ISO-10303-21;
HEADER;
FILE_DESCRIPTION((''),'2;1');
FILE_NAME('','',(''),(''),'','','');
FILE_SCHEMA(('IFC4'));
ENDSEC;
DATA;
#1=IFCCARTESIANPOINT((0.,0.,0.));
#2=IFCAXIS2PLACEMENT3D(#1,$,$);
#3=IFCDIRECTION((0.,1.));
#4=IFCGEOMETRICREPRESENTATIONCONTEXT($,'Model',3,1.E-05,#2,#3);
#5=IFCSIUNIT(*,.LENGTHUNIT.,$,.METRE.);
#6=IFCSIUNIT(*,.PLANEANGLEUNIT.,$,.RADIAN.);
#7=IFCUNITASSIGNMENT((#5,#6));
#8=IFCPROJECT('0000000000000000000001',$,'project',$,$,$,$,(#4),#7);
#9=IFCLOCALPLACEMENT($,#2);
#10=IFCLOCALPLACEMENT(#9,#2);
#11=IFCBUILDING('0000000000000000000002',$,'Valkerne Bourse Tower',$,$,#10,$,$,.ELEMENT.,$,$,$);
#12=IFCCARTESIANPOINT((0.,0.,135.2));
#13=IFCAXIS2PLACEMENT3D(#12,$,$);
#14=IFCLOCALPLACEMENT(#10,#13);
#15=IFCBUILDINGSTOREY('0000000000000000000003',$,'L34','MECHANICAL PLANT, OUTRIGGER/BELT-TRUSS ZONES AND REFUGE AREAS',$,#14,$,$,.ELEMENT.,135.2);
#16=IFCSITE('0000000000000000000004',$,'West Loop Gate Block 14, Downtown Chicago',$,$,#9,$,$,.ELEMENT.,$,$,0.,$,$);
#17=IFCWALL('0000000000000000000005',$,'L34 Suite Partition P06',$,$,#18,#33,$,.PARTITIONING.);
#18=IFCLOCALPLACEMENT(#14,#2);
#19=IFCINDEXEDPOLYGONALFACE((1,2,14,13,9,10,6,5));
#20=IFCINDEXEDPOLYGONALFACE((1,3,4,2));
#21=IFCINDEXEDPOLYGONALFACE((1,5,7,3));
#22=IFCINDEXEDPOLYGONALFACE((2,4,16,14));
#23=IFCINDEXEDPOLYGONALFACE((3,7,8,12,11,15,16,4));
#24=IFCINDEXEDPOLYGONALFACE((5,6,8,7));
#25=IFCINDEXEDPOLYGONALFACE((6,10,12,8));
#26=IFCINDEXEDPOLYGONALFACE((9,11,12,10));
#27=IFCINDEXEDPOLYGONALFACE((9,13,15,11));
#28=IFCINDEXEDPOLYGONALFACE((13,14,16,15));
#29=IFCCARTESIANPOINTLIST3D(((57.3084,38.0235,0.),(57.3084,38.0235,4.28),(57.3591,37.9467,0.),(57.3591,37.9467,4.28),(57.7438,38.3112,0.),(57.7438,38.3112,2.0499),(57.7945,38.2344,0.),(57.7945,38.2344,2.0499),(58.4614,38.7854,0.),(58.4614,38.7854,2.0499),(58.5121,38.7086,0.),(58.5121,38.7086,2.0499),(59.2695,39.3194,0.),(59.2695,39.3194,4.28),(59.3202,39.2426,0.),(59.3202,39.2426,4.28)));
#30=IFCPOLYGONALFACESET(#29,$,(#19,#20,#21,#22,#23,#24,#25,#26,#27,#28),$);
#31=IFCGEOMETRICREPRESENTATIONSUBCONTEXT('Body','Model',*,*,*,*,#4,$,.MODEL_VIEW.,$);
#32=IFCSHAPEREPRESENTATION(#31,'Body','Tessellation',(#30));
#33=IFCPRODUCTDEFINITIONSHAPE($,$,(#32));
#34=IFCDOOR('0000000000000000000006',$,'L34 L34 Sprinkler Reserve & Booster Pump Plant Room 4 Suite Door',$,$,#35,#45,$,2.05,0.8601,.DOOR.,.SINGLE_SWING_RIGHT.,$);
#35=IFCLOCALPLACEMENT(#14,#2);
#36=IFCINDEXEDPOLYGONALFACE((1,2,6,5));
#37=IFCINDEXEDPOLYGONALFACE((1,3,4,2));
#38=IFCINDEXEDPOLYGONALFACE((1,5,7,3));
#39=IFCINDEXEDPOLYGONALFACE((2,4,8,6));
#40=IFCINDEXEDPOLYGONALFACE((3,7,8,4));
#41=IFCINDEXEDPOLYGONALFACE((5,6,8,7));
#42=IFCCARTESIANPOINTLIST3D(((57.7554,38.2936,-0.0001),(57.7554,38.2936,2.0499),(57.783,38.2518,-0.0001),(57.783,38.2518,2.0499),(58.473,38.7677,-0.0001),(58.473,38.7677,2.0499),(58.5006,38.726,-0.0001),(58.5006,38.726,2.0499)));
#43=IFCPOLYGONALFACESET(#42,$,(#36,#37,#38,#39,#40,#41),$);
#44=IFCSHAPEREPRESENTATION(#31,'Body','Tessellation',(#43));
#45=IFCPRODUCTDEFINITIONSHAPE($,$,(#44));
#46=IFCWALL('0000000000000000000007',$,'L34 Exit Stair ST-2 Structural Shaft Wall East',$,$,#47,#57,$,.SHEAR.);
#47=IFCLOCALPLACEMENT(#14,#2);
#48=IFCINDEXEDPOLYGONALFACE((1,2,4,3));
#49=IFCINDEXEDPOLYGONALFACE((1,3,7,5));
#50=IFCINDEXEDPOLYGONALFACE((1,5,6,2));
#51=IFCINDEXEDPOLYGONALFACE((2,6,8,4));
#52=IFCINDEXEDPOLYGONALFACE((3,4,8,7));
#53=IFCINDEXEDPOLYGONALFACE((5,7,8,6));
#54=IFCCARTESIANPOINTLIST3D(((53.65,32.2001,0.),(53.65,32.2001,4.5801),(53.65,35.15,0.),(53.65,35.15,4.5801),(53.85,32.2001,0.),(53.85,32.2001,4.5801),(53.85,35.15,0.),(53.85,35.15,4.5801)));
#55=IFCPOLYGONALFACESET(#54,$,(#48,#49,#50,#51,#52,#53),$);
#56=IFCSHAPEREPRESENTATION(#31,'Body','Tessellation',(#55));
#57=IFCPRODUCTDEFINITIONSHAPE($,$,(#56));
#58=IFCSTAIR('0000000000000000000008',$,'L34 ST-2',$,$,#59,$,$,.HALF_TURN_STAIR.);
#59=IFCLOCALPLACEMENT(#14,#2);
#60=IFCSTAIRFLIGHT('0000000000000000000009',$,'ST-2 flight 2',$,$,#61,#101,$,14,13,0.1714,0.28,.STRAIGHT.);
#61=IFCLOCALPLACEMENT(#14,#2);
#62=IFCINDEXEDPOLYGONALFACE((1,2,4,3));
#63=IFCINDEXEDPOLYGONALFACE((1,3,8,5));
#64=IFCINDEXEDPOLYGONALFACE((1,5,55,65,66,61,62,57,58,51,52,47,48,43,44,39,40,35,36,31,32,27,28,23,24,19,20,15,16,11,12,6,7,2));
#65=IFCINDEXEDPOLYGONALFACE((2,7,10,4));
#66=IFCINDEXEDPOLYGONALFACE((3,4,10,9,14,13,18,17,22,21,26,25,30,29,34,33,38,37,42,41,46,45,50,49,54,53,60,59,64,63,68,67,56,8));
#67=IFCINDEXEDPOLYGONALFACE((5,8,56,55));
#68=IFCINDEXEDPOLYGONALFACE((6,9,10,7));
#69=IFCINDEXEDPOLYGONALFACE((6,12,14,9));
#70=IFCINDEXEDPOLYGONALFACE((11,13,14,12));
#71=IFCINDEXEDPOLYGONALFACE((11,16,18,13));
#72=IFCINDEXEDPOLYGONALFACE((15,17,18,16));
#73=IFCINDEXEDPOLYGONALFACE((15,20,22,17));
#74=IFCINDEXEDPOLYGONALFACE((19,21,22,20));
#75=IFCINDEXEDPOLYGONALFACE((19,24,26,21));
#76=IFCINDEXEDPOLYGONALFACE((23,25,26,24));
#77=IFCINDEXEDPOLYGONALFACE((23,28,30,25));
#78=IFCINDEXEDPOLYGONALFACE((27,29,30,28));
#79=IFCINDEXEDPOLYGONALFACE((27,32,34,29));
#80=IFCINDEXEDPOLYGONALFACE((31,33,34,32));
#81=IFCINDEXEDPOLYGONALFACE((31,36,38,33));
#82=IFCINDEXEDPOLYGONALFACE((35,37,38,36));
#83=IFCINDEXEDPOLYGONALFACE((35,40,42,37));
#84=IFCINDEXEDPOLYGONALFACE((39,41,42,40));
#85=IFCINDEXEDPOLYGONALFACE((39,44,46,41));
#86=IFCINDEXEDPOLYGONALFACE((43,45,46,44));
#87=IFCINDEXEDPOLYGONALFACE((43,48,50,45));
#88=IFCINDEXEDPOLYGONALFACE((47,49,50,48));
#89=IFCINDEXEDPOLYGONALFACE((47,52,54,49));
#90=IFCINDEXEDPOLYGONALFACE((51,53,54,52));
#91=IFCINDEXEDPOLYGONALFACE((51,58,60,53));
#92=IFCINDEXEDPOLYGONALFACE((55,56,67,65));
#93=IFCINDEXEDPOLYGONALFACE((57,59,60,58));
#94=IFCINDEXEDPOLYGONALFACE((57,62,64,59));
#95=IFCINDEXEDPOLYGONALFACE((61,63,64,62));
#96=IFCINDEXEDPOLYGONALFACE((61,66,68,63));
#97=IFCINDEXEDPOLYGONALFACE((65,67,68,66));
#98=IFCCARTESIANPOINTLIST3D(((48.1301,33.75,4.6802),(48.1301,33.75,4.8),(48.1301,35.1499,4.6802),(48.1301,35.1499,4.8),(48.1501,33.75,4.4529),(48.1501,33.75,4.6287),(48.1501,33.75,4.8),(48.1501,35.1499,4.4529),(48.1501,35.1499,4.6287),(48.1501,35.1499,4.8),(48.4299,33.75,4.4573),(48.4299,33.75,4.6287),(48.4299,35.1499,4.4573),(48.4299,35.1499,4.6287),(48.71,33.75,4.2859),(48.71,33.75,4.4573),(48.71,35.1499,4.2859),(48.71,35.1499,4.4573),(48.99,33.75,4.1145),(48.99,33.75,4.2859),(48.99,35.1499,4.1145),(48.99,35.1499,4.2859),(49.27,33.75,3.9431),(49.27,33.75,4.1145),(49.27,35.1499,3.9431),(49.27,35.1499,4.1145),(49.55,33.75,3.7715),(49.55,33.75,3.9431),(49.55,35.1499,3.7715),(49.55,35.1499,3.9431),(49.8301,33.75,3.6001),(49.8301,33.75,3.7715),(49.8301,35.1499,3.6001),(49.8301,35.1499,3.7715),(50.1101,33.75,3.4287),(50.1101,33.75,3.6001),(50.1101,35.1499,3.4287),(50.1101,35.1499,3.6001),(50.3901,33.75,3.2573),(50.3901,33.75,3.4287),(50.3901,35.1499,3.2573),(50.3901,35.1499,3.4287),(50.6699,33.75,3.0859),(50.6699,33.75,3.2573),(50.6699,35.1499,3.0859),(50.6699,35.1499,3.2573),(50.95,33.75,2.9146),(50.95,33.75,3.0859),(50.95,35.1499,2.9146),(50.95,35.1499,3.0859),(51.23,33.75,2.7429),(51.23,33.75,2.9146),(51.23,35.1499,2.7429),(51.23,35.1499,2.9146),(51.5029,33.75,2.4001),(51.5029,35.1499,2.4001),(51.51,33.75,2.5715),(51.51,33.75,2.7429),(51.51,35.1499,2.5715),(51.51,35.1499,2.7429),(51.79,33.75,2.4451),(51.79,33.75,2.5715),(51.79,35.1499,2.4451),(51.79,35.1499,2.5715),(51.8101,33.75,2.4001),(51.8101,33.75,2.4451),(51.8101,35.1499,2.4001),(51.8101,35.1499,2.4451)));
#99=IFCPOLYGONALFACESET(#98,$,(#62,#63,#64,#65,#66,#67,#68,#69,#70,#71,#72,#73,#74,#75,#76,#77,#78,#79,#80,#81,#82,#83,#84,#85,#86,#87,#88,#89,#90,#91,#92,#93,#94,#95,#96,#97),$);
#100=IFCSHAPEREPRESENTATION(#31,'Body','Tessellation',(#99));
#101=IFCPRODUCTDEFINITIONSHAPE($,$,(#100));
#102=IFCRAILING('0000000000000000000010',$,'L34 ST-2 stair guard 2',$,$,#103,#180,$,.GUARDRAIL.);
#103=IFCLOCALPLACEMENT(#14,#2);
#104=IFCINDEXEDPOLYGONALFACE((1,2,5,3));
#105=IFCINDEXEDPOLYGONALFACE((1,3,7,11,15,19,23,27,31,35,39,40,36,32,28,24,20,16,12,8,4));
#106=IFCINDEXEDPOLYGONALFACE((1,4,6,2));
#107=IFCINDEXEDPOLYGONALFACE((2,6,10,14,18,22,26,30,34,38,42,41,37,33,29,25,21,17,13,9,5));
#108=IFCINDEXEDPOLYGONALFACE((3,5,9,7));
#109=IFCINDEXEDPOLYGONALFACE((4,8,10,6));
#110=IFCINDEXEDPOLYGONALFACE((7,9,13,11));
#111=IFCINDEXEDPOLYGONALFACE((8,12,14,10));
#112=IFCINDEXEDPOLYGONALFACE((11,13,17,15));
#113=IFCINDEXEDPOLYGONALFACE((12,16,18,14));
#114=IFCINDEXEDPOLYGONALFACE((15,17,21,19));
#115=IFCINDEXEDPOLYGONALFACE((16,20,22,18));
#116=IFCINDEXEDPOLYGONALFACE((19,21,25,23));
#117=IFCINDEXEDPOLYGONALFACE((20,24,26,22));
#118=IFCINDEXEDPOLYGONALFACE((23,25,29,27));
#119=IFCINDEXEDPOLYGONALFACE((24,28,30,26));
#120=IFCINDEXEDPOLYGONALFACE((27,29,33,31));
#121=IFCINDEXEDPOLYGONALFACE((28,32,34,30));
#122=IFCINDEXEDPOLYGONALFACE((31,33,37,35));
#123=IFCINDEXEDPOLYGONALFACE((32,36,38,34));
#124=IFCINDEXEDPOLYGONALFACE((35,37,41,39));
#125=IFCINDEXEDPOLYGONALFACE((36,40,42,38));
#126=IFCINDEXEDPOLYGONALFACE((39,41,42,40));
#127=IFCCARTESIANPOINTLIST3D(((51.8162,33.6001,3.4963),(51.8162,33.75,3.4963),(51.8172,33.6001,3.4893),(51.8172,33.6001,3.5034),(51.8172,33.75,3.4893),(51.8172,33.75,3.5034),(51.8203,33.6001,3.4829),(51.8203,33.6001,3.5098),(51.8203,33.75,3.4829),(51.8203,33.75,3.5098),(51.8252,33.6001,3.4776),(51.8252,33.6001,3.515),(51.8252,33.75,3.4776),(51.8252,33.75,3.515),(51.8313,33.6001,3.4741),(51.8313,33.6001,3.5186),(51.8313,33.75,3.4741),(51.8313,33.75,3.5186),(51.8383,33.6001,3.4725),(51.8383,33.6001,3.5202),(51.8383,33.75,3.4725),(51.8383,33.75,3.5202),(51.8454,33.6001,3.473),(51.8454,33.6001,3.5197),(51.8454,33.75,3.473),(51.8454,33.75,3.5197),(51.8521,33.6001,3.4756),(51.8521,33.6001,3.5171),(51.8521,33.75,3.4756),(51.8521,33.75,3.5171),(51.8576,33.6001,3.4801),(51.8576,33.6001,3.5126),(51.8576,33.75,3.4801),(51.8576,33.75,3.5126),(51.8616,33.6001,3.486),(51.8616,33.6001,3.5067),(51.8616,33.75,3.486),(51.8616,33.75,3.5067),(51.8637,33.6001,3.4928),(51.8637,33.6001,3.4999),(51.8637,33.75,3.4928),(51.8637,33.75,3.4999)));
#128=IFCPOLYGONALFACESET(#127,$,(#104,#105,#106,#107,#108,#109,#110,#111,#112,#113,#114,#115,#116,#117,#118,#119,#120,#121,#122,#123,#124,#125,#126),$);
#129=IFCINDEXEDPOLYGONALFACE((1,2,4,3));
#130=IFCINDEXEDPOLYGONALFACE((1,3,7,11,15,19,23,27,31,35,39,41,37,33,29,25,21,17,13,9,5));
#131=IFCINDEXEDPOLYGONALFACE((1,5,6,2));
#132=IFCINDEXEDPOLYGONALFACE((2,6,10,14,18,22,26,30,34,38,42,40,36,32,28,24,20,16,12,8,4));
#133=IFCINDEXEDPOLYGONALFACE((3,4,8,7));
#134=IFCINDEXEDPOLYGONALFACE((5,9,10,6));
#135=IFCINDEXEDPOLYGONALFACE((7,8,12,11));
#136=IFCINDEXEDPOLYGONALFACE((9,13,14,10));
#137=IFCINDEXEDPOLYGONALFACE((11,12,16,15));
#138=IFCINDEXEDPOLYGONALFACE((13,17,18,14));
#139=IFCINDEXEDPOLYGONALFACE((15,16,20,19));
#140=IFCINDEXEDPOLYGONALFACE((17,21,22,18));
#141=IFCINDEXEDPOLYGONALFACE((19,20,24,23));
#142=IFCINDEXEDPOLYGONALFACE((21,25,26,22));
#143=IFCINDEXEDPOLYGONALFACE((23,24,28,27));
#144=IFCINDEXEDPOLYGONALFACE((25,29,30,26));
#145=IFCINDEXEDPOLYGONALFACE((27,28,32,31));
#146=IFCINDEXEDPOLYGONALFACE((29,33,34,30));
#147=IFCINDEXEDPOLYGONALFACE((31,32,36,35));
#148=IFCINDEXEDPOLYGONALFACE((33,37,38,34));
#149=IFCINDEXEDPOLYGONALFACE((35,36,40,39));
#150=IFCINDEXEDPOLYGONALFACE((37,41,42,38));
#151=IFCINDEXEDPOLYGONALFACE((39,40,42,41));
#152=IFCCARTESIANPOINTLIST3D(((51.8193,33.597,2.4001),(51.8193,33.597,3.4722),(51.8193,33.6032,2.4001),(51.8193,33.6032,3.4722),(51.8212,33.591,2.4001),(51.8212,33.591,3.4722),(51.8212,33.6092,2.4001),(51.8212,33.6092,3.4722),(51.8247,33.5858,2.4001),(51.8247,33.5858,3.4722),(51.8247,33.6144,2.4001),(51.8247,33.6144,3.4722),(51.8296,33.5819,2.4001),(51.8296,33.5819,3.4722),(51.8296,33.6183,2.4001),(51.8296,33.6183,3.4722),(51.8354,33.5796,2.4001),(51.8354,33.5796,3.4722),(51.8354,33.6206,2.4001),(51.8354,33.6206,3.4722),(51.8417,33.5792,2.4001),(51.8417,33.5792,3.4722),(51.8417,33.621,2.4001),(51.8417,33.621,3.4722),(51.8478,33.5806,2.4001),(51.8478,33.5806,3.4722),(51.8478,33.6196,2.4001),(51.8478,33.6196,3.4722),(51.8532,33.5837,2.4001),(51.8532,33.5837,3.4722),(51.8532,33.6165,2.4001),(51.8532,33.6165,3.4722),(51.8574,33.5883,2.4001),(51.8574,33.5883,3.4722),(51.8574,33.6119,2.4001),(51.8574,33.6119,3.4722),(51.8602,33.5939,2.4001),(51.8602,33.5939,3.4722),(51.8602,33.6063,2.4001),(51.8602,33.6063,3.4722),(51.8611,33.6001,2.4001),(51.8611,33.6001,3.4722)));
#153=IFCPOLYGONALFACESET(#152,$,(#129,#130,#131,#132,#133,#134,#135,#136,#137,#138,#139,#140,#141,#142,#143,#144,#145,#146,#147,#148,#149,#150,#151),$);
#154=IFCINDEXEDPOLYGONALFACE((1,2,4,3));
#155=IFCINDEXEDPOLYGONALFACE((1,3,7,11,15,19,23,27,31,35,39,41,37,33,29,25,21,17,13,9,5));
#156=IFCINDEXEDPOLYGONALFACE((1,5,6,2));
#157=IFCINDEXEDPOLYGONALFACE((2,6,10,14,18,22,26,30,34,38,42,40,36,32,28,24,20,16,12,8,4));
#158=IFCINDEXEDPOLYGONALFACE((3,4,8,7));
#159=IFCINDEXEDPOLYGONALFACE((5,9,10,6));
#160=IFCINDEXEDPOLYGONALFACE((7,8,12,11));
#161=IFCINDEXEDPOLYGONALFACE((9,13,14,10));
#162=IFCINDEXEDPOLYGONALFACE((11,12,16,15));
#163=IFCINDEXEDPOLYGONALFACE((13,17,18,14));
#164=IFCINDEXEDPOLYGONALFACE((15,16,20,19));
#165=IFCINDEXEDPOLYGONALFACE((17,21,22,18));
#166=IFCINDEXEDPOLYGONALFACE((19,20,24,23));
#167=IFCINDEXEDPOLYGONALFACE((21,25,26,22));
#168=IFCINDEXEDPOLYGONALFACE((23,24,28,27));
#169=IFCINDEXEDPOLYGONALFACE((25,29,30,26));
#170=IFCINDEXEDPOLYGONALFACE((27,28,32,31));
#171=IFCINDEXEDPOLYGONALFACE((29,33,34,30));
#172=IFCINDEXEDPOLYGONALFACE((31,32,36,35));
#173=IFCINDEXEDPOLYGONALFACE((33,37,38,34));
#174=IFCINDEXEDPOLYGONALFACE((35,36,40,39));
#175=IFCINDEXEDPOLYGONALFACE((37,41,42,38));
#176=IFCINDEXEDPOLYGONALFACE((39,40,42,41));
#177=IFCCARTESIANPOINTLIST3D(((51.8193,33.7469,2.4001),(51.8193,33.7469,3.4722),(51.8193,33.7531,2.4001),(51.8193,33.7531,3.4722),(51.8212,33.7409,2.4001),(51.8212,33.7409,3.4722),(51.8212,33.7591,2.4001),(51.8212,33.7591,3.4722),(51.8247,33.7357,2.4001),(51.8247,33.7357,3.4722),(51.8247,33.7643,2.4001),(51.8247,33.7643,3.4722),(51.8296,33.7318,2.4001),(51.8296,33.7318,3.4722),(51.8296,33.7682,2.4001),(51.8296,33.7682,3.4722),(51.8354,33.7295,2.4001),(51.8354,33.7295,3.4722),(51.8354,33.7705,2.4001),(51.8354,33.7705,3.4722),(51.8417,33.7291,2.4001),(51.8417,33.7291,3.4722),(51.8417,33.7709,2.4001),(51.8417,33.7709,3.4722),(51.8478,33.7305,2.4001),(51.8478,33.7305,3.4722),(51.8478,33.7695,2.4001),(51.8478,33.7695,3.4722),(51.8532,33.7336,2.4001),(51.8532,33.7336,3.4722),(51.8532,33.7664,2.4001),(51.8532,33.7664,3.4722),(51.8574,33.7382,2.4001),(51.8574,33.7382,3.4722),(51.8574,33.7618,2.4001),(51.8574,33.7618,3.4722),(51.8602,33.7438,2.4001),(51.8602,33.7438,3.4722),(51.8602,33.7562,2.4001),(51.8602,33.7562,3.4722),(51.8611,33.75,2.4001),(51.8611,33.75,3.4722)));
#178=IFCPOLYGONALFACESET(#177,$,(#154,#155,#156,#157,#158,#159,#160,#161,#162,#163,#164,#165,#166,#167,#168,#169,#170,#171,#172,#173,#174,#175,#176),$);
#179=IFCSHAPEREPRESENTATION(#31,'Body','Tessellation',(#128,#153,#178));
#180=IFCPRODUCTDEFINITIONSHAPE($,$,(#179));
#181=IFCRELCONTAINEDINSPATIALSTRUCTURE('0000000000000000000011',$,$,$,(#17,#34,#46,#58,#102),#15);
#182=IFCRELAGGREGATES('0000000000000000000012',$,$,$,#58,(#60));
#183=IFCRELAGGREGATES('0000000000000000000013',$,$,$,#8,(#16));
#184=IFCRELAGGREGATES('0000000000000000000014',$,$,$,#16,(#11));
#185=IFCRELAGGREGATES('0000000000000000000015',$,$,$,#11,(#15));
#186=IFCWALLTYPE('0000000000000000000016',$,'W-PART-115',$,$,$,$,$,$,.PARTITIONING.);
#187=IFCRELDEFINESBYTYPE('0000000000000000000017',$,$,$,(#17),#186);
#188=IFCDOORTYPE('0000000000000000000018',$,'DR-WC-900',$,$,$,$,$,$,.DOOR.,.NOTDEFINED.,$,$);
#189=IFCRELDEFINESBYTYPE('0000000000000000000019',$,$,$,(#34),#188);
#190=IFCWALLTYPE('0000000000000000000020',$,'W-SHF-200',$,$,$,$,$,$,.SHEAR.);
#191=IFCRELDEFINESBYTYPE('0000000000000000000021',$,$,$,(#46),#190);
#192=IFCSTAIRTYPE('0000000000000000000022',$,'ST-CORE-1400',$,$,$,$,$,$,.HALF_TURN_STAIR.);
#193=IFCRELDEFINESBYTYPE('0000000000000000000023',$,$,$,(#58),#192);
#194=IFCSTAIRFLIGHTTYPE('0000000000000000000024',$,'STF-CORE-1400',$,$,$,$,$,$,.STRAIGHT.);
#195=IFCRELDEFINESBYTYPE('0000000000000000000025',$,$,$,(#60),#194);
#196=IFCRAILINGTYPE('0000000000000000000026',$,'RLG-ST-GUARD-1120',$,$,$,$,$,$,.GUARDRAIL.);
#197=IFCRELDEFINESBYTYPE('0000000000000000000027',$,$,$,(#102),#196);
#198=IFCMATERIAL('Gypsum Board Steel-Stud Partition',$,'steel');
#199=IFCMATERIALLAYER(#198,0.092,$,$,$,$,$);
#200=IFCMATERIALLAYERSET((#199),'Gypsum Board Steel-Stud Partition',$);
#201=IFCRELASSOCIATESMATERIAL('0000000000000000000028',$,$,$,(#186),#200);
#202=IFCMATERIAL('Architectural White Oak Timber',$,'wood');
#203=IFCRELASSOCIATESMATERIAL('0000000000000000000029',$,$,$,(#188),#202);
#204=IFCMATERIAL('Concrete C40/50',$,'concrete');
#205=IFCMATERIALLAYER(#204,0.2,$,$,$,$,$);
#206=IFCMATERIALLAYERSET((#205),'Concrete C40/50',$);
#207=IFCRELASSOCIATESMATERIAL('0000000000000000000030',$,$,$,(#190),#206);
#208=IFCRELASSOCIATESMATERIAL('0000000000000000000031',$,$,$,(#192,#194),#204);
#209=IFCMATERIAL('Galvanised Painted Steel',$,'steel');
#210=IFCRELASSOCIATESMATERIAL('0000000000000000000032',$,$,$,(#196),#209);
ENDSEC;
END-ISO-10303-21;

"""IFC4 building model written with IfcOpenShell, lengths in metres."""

from ifc_helpers import new_model, si_unit, direction, frame, frame_2d, origin, origin_2d, place, context, subcontext, project, spatial, polyline, rectangle, circle, outline, extrude, material, layer, layer_set, type_object, element, fill, aggregate, save


model = new_model("IFC4")

# Units and contexts
model_context = context("Model", 3, precision=1e-05, world=origin(), true_north=direction((0.0, 1.0)))
body_context = subcontext(model_context, "Body", "Model", "MODEL_VIEW")
ifc_project = project(units=[si_unit("LENGTHUNIT", "METRE"), si_unit("PLANEANGLEUNIT", "RADIAN")], contexts=[model_context])

# Site, building, storey
site_placement = place(None, origin())
site = spatial("IfcSite", under=ifc_project, at=site_placement, Name="West Loop Gate Block 14, Downtown Chicago", CompositionType="ELEMENT", RefElevation=0.0)
building_placement = place(site_placement, origin())
building = spatial("IfcBuilding", under=site, at=building_placement, Name="Valkerne Bourse Tower", CompositionType="ELEMENT")
storey_placement = place(building_placement, frame((0.0, 0.0, 135.2)))
storey = spatial("IfcBuildingStorey", under=building, at=storey_placement, Name="L34", Description="MECHANICAL PLANT, OUTRIGGER/BELT-TRUSS ZONES AND REFUGE AREAS", CompositionType="ELEMENT", Elevation=135.2)

# Shared definitions
ifc_material_1 = material(Name="Gypsum Board Steel-Stud Partition", Category="steel")

# Wall, opening, door
ifc_layer_1 = layer(ifc_material_1, 0.092)
ifc_layer_set_1 = layer_set([ifc_layer_1], Name="Gypsum Board Steel-Stud Partition")
wall_type_1 = type_object("IfcWallType", Name="W-PART-115", PredefinedType="PARTITIONING", material=ifc_layer_set_1)
wall_1_placement = place(storey_placement, frame((57.3337, 37.9851, 0.0), z_axis=(0.0, 0.0, 1.0), x_axis=(0.834312, 0.551292, 0.0)))
wall_1 = element("IfcWall", 1, at=wall_1_placement, inside=storey, type_object=wall_type_1, Name="L34 Suite Partition P06", PredefinedType="PARTITIONING", context=body_context, shape_type="SweptSolid", body=[
    extrude(rectangle(XDim=2.3506, YDim=0.092, at=frame_2d((1.1753, 0.0))), origin(), (0.0, 0.0, 1.0), 4.28),
])
opening_placement = place(wall_1_placement, frame((0.5217, 0.0, 0.0)))
opening = element("IfcOpeningElement", 2, at=opening_placement, cuts=wall_1, PredefinedType="OPENING", context=body_context, shape_type="SweptSolid", body=[
    extrude(rectangle(XDim=0.8601, YDim=2.05, at=frame_2d((0.4302, 1.0249))), frame((0.0, 0.0559, 0.0), z_axis=(0.0, -1.0, 0.0), x_axis=(1.0, 0.0, 0.0)), (0.0, 0.0, 1.0), 0.1121),
])
ifc_material_2 = material(Name="Architectural White Oak Timber", Category="wood")
door_type = type_object("IfcDoorType", Name="DR-WC-900", OperationType="NOTDEFINED", PredefinedType="DOOR", material=ifc_material_2)
door_placement = place(opening_placement, origin())
door = element("IfcDoor", 3, at=door_placement, inside=storey, type_object=door_type, Name="L34 L34 Sprinkler Reserve & Booster Pump Plant Room 4 Suite Door", OperationType="SINGLE_SWING_RIGHT", OverallHeight=2.05, OverallWidth=0.8601, PredefinedType="DOOR", context=body_context, shape_type="SweptSolid", body=[
    extrude(rectangle(XDim=0.8601, YDim=2.05, at=frame_2d((0.4302, 1.0249))), frame((0.0, 0.0249, 0.0), z_axis=(0.0, -1.0, 0.0), x_axis=(1.0, 0.0, 0.0)), (0.0, 0.0, 1.0), 0.05),
])
fill(opening, door)

# Wall
ifc_material_3 = material(Name="Concrete C40/50", Category="concrete")
ifc_layer_2 = layer(ifc_material_3, 0.2)
ifc_layer_set_2 = layer_set([ifc_layer_2], Name="Concrete C40/50")
wall_type_2 = type_object("IfcWallType", Name="W-SHF-200", PredefinedType="SHEAR", material=ifc_layer_set_2)
wall_2_placement = place(storey_placement, frame((53.75, 32.2, 0.0), z_axis=(0.0, 0.0, 1.0), x_axis=(0.0, 1.0, 0.0)))
element("IfcWall", 4, at=wall_2_placement, inside=storey, type_object=wall_type_2, Name="L34 Exit Stair ST-2 Structural Shaft Wall East", PredefinedType="SHEAR", context=body_context, shape_type="SweptSolid", body=[
    extrude(rectangle(XDim=2.95, YDim=0.2, at=frame_2d((1.4751, 0.0))), origin(), (0.0, 0.0, 1.0), 4.5801),
])

# Stair, stair flight
stair_type = type_object("IfcStairType", Name="ST-CORE-1400", PredefinedType="HALF_TURN_STAIR", material=ifc_material_3)
stair_placement = place(storey_placement, origin())
stair = element("IfcStair", 5, at=stair_placement, inside=storey, type_object=stair_type, Name="L34 ST-2", PredefinedType="HALF_TURN_STAIR")
stair_flight_type = type_object("IfcStairFlightType", Name="STF-CORE-1400", PredefinedType="STRAIGHT", material=ifc_material_3)
stair_flight_placement = place(storey_placement, frame((51.79, 34.45, 2.4001), z_axis=(0.0, 0.0, 1.0), x_axis=(-1.0, 0.0, 0.0)))
stair_flight = element("IfcStairFlight", 6, at=stair_flight_placement, type_object=stair_flight_type, Name="ST-2 flight 2", NumberOfRisers=14, NumberOfTreads=13, PredefinedType="STRAIGHT", RiserHeight=0.1714, TreadLength=0.28, context=body_context, shape_type="SweptSolid", body=[
    extrude(outline(polyline([(-0.02, 0.0), (-0.02, 0.0449), (0.0, 0.0449), (0.0, 0.1714), (0.28, 0.1714), (0.28, 0.3428), (0.5601, 0.3428), (0.5601, 0.5144), (0.8401, 0.5144), (0.8401, 0.6858), (1.1201, 0.6858), (1.1201, 0.8572), (1.3999, 0.8572), (1.3999, 1.0286), (1.6799, 1.0286), (1.6799, 1.2), (1.96, 1.2), (1.96, 1.3713), (2.24, 1.3713), (2.24, 1.543), (2.52, 1.543), (2.52, 1.7144), (2.8, 1.7144), (2.8, 1.8857), (3.0801, 1.8857), (3.0801, 2.0571), (3.3601, 2.0571), (3.3601, 2.2285), (3.6399, 2.2285), (3.6399, 2.3999), (3.6599, 2.3999), (3.6599, 2.28), (3.6399, 2.0527), (0.2871, 0.0), (-0.02, 0.0)])), frame((0.0, 0.7, 0.0), z_axis=(0.0, -1.0, 0.0), x_axis=(1.0, 0.0, 0.0)), (0.0, 0.0, 1.0), 1.3999),
])
aggregate(stair, [stair_flight])

# Railing
ifc_material_4 = material(Name="Galvanised Painted Steel", Category="steel")
railing_type_1 = type_object("IfcRailingType", Name="RLG-ST-GUARD-1120", PredefinedType="GUARDRAIL", material=ifc_material_4)
railing_1_placement = place(storey_placement, frame((51.8401, 33.6001, 2.4001)))
element("IfcRailing", 7, at=railing_1_placement, inside=storey, type_object=railing_type_1, Name="L34 ST-2 stair guard 2", PredefinedType="GUARDRAIL", context=body_context, shape_type="SweptSolid", body=[
    extrude(circle(Radius=0.0239, at=origin_2d()), frame((0.0, 0.0, 1.0962), z_axis=(0.0, 1.0, 0.0), x_axis=(-1.0, 0.0, 0.0)), (0.0, 0.0, 1.0), 0.1499),
    extrude(circle(Radius=0.021, at=origin_2d()), origin(), (0.0, 0.0, 1.0), 1.072),
    extrude(circle(Radius=0.021, at=origin_2d()), frame((0.0, 0.1499, 0.0)), (0.0, 0.0, 1.0), 1.072),
])

save(model, "model.ifc")
